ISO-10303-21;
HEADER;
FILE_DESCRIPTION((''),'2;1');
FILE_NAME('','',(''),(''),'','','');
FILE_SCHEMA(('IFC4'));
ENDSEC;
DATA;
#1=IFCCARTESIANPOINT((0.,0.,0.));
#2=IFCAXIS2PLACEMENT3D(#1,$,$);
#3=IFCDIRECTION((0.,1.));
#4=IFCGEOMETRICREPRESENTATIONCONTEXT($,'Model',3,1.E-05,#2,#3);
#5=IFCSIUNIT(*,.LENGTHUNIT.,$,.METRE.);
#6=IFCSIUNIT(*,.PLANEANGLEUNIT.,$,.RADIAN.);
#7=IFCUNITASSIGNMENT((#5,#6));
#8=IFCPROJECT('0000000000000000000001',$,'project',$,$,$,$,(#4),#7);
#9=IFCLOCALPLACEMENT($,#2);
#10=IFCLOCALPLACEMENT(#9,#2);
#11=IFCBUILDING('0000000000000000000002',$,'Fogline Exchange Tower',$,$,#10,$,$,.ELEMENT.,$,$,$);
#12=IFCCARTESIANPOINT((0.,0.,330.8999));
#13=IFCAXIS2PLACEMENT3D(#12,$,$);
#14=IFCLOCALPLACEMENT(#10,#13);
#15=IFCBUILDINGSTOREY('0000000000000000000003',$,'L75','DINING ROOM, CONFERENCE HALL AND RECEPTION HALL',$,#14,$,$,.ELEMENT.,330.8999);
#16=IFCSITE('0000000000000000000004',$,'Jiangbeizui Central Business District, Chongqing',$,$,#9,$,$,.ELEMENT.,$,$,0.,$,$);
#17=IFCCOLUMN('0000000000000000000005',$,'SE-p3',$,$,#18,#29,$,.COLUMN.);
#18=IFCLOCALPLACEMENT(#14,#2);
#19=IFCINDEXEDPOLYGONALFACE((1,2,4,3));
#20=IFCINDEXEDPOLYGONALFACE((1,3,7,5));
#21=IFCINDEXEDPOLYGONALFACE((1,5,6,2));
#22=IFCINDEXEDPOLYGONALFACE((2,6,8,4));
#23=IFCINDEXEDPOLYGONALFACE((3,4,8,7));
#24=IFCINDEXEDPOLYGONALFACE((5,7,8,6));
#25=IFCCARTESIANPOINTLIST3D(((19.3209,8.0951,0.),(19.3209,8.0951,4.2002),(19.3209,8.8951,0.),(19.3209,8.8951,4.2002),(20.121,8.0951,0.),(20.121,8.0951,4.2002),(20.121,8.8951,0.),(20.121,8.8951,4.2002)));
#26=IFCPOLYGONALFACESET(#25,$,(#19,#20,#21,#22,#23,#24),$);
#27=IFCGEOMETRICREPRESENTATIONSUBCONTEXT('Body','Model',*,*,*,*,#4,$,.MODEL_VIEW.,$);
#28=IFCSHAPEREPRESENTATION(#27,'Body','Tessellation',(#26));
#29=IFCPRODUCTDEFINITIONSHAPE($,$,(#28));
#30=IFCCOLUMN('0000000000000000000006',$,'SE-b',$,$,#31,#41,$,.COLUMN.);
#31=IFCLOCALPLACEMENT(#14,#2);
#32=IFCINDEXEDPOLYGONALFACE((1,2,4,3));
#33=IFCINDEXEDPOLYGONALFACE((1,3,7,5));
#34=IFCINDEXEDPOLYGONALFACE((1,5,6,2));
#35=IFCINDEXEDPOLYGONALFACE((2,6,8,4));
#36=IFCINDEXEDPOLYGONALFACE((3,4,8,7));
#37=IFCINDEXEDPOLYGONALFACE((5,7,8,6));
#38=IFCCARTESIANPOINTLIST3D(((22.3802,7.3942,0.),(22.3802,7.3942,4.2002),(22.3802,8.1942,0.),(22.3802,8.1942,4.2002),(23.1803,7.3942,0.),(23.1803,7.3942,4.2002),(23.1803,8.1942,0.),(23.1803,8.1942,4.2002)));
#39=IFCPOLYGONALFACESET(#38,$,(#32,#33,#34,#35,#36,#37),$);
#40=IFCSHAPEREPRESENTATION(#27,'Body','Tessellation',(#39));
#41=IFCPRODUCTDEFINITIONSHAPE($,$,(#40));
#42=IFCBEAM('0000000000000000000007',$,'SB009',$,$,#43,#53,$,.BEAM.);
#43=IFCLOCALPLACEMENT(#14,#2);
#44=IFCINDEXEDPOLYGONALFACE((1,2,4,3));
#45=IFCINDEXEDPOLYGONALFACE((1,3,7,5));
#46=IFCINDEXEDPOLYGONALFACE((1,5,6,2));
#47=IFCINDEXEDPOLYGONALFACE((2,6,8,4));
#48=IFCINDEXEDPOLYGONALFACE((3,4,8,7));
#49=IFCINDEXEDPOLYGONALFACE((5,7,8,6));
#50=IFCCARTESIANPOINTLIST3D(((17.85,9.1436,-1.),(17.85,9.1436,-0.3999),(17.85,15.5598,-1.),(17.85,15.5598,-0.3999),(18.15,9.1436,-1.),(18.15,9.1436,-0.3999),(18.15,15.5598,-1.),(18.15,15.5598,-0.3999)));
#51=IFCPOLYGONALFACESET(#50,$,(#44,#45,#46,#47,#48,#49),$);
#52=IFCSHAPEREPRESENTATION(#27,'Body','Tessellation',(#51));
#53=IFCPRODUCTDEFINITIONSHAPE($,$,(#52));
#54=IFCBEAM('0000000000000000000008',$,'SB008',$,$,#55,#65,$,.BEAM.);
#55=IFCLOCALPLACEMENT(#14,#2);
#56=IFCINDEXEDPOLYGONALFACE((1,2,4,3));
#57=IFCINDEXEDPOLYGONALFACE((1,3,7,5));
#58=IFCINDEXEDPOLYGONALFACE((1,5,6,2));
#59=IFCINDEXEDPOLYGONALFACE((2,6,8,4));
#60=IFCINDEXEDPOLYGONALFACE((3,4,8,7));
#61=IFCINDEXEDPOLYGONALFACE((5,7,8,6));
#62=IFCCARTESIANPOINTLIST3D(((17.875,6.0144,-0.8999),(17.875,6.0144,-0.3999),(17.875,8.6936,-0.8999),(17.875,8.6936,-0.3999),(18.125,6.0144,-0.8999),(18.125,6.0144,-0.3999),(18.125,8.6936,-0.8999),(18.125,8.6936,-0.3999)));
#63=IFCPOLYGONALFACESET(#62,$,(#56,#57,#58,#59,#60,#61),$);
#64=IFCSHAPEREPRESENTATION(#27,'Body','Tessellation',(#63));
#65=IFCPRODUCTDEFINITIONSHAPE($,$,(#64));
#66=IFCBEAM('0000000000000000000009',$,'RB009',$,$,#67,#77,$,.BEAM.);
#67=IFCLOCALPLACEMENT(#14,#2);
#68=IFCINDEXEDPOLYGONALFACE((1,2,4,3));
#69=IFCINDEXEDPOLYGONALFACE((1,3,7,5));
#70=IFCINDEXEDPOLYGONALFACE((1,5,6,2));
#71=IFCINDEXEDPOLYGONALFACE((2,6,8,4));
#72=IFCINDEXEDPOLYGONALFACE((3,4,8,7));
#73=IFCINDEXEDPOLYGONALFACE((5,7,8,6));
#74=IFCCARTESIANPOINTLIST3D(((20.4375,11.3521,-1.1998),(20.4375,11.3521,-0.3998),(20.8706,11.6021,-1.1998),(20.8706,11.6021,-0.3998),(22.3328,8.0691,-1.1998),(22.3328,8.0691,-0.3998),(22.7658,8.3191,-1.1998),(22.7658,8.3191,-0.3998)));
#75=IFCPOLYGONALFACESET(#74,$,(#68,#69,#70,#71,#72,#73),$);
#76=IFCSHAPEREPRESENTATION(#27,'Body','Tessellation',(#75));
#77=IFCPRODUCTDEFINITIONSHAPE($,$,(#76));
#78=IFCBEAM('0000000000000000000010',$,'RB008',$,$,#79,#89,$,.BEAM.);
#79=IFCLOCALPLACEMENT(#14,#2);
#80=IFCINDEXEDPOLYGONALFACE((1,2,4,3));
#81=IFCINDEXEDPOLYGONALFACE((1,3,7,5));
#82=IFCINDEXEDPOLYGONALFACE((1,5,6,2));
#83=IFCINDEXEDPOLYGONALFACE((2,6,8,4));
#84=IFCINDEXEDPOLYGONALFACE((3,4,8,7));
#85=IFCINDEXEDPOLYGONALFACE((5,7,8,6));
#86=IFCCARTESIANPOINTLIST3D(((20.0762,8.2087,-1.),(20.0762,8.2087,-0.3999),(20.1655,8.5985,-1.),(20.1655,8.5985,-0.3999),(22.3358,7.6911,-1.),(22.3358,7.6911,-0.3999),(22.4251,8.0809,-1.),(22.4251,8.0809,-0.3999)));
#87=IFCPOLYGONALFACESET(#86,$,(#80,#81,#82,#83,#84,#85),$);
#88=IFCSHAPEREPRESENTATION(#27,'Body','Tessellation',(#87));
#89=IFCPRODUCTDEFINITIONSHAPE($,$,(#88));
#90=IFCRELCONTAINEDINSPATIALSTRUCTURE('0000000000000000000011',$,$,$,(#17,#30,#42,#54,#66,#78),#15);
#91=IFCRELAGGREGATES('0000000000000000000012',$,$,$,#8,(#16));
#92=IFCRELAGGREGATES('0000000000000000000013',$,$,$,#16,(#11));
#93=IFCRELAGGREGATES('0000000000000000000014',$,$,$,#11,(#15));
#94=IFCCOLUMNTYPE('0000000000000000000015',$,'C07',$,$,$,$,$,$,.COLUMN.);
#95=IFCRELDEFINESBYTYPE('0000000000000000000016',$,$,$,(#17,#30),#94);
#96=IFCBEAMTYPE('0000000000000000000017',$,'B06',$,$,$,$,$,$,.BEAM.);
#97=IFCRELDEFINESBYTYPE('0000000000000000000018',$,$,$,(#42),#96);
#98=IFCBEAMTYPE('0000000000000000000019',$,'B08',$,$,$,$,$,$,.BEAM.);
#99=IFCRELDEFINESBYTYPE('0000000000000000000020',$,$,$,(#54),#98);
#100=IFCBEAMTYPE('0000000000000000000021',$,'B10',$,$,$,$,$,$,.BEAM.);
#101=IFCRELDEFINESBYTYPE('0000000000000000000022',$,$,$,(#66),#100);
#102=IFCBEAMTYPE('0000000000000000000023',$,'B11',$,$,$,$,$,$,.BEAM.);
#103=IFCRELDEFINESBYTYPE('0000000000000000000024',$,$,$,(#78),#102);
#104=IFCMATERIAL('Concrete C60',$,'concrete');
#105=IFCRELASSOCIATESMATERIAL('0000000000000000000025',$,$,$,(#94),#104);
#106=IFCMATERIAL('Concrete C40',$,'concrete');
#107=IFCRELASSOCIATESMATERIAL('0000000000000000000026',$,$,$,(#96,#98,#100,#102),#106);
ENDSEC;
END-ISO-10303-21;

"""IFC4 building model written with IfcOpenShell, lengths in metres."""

from ifc_helpers import new_model, si_unit, direction, frame, origin, origin_2d, place, context, subcontext, project, spatial, rectangle, extrude, material, material_profile, profile_set, type_object, element, save


model = new_model("IFC4")

# Units and contexts
model_context = context("Model", 3, precision=1e-05, world=origin(), true_north=direction((0.0, 1.0)))
body_context = subcontext(model_context, "Body", "Model", "MODEL_VIEW")
ifc_project = project(units=[si_unit("LENGTHUNIT", "METRE"), si_unit("PLANEANGLEUNIT", "RADIAN")], contexts=[model_context])

# Site, building, storey
site_placement = place(None, origin())
site = spatial("IfcSite", under=ifc_project, at=site_placement, Name="Jiangbeizui Central Business District, Chongqing", CompositionType="ELEMENT", RefElevation=0.0)
building_placement = place(site_placement, origin())
building = spatial("IfcBuilding", under=site, at=building_placement, Name="Fogline Exchange Tower", CompositionType="ELEMENT")
storey_placement = place(building_placement, frame((0.0, 0.0, 330.8999)))
storey = spatial("IfcBuildingStorey", under=building, at=storey_placement, Name="L75", Description="DINING ROOM, CONFERENCE HALL AND RECEPTION HALL", CompositionType="ELEMENT", Elevation=330.8999)

# Columns
ifc_material_1 = material(Name="Concrete C60", Category="concrete")
ifc_material_profile_1 = material_profile(ifc_material_1, rectangle(XDim=0.8, YDim=0.8, at=origin_2d()), Name="RC 800x800")
ifc_profile_set_1 = profile_set([ifc_material_profile_1], Name="Concrete C60")
column_type = type_object("IfcColumnType", Name="C07", PredefinedType="COLUMN", material=ifc_profile_set_1)
for number, where, z_axis, x_axis, name in (
    (1, (19.7209, 8.4951, 0.0), (0.0, 0.0, 1.0), (1.0, 0.0, 0.0), "SE-p3"),
    (2, (22.7803, 7.7942, 0.0), (0.0, 0.0, 1.0), (1.0, 0.0, 0.0), "SE-b"),
):
    element("IfcColumn", number, at=place(storey_placement, frame(where, z_axis=z_axis, x_axis=x_axis)), inside=storey, type_object=column_type, Name=name, PredefinedType="COLUMN", context=body_context, shape_type="SweptSolid", body=[
        extrude(rectangle(XDim=0.8, YDim=0.8, at=origin_2d()), origin(), (0.0, 0.0, 1.0), 4.2002),
    ])

# Beams
ifc_material_2 = material(Name="Concrete C40", Category="concrete")
ifc_material_profile_2 = material_profile(ifc_material_2, rectangle(XDim=0.3, YDim=0.6001, at=origin_2d()), Name="RC 300x600")
ifc_profile_set_2 = profile_set([ifc_material_profile_2], Name="Concrete C40")
beam_type_1 = type_object("IfcBeamType", Name="B06", PredefinedType="BEAM", material=ifc_profile_set_2)
beam_1_placement = place(storey_placement, frame((18.0, 9.1436, -0.7), z_axis=(0.0, 1.0, 0.0), x_axis=(-1.0, 0.0, 0.0)))
element("IfcBeam", 3, at=beam_1_placement, inside=storey, type_object=beam_type_1, Name="SB009", PredefinedType="BEAM", context=body_context, shape_type="SweptSolid", body=[
    extrude(rectangle(XDim=0.3, YDim=0.6001, at=origin_2d()), origin(), (0.0, 0.0, 1.0), 6.4163),
])
ifc_material_profile_3 = material_profile(ifc_material_2, rectangle(XDim=0.25, YDim=0.5, at=origin_2d()), Name="RC 250x500")
ifc_profile_set_3 = profile_set([ifc_material_profile_3], Name="Concrete C40")
beam_type_2 = type_object("IfcBeamType", Name="B08", PredefinedType="BEAM", material=ifc_profile_set_3)
beam_2_placement = place(storey_placement, frame((18.0, 6.0144, -0.6499), z_axis=(0.0, 1.0, 0.0), x_axis=(-1.0, 0.0, 0.0)))
element("IfcBeam", 4, at=beam_2_placement, inside=storey, type_object=beam_type_2, Name="SB008", PredefinedType="BEAM", context=body_context, shape_type="SweptSolid", body=[
    extrude(rectangle(XDim=0.25, YDim=0.5, at=origin_2d()), origin(), (0.0, 0.0, 1.0), 2.6792),
])
ifc_material_profile_4 = material_profile(ifc_material_2, rectangle(XDim=0.5, YDim=0.8, at=origin_2d()), Name="RC 500x800")
ifc_profile_set_4 = profile_set([ifc_material_profile_4], Name="Concrete C40")
beam_type_3 = type_object("IfcBeamType", Name="B10", PredefinedType="BEAM", material=ifc_profile_set_4)
beam_3_placement = place(storey_placement, frame((22.5493, 8.1941, -0.7998), z_axis=(-0.49997, 0.866043, 0.0), x_axis=(-0.866043, -0.49997, 0.0)))
element("IfcBeam", 5, at=beam_3_placement, inside=storey, type_object=beam_type_3, Name="RB009", PredefinedType="BEAM", context=body_context, shape_type="SweptSolid", body=[
    extrude(rectangle(XDim=0.5, YDim=0.8, at=origin_2d()), origin(), (0.0, 0.0, 1.0), 3.7908),
])
ifc_material_profile_5 = material_profile(ifc_material_2, rectangle(XDim=0.3999, YDim=0.6001, at=origin_2d()), Name="RC 400x600")
ifc_profile_set_5 = profile_set([ifc_material_profile_5], Name="Concrete C40")
beam_type_4 = type_object("IfcBeamType", Name="B11", PredefinedType="BEAM", material=ifc_profile_set_5)
beam_4_placement = place(storey_placement, frame((20.1208, 8.4036, -0.7), z_axis=(0.974754, -0.223282, 0.0), x_axis=(0.223282, 0.974754, 0.0)))
element("IfcBeam", 6, at=beam_4_placement, inside=storey, type_object=beam_type_4, Name="RB008", PredefinedType="BEAM", context=body_context, shape_type="SweptSolid", body=[
    extrude(rectangle(XDim=0.3999, YDim=0.6001, at=origin_2d()), origin(), (0.0, 0.0, 1.0), 2.3181),
])

save(model, "model.ifc")
